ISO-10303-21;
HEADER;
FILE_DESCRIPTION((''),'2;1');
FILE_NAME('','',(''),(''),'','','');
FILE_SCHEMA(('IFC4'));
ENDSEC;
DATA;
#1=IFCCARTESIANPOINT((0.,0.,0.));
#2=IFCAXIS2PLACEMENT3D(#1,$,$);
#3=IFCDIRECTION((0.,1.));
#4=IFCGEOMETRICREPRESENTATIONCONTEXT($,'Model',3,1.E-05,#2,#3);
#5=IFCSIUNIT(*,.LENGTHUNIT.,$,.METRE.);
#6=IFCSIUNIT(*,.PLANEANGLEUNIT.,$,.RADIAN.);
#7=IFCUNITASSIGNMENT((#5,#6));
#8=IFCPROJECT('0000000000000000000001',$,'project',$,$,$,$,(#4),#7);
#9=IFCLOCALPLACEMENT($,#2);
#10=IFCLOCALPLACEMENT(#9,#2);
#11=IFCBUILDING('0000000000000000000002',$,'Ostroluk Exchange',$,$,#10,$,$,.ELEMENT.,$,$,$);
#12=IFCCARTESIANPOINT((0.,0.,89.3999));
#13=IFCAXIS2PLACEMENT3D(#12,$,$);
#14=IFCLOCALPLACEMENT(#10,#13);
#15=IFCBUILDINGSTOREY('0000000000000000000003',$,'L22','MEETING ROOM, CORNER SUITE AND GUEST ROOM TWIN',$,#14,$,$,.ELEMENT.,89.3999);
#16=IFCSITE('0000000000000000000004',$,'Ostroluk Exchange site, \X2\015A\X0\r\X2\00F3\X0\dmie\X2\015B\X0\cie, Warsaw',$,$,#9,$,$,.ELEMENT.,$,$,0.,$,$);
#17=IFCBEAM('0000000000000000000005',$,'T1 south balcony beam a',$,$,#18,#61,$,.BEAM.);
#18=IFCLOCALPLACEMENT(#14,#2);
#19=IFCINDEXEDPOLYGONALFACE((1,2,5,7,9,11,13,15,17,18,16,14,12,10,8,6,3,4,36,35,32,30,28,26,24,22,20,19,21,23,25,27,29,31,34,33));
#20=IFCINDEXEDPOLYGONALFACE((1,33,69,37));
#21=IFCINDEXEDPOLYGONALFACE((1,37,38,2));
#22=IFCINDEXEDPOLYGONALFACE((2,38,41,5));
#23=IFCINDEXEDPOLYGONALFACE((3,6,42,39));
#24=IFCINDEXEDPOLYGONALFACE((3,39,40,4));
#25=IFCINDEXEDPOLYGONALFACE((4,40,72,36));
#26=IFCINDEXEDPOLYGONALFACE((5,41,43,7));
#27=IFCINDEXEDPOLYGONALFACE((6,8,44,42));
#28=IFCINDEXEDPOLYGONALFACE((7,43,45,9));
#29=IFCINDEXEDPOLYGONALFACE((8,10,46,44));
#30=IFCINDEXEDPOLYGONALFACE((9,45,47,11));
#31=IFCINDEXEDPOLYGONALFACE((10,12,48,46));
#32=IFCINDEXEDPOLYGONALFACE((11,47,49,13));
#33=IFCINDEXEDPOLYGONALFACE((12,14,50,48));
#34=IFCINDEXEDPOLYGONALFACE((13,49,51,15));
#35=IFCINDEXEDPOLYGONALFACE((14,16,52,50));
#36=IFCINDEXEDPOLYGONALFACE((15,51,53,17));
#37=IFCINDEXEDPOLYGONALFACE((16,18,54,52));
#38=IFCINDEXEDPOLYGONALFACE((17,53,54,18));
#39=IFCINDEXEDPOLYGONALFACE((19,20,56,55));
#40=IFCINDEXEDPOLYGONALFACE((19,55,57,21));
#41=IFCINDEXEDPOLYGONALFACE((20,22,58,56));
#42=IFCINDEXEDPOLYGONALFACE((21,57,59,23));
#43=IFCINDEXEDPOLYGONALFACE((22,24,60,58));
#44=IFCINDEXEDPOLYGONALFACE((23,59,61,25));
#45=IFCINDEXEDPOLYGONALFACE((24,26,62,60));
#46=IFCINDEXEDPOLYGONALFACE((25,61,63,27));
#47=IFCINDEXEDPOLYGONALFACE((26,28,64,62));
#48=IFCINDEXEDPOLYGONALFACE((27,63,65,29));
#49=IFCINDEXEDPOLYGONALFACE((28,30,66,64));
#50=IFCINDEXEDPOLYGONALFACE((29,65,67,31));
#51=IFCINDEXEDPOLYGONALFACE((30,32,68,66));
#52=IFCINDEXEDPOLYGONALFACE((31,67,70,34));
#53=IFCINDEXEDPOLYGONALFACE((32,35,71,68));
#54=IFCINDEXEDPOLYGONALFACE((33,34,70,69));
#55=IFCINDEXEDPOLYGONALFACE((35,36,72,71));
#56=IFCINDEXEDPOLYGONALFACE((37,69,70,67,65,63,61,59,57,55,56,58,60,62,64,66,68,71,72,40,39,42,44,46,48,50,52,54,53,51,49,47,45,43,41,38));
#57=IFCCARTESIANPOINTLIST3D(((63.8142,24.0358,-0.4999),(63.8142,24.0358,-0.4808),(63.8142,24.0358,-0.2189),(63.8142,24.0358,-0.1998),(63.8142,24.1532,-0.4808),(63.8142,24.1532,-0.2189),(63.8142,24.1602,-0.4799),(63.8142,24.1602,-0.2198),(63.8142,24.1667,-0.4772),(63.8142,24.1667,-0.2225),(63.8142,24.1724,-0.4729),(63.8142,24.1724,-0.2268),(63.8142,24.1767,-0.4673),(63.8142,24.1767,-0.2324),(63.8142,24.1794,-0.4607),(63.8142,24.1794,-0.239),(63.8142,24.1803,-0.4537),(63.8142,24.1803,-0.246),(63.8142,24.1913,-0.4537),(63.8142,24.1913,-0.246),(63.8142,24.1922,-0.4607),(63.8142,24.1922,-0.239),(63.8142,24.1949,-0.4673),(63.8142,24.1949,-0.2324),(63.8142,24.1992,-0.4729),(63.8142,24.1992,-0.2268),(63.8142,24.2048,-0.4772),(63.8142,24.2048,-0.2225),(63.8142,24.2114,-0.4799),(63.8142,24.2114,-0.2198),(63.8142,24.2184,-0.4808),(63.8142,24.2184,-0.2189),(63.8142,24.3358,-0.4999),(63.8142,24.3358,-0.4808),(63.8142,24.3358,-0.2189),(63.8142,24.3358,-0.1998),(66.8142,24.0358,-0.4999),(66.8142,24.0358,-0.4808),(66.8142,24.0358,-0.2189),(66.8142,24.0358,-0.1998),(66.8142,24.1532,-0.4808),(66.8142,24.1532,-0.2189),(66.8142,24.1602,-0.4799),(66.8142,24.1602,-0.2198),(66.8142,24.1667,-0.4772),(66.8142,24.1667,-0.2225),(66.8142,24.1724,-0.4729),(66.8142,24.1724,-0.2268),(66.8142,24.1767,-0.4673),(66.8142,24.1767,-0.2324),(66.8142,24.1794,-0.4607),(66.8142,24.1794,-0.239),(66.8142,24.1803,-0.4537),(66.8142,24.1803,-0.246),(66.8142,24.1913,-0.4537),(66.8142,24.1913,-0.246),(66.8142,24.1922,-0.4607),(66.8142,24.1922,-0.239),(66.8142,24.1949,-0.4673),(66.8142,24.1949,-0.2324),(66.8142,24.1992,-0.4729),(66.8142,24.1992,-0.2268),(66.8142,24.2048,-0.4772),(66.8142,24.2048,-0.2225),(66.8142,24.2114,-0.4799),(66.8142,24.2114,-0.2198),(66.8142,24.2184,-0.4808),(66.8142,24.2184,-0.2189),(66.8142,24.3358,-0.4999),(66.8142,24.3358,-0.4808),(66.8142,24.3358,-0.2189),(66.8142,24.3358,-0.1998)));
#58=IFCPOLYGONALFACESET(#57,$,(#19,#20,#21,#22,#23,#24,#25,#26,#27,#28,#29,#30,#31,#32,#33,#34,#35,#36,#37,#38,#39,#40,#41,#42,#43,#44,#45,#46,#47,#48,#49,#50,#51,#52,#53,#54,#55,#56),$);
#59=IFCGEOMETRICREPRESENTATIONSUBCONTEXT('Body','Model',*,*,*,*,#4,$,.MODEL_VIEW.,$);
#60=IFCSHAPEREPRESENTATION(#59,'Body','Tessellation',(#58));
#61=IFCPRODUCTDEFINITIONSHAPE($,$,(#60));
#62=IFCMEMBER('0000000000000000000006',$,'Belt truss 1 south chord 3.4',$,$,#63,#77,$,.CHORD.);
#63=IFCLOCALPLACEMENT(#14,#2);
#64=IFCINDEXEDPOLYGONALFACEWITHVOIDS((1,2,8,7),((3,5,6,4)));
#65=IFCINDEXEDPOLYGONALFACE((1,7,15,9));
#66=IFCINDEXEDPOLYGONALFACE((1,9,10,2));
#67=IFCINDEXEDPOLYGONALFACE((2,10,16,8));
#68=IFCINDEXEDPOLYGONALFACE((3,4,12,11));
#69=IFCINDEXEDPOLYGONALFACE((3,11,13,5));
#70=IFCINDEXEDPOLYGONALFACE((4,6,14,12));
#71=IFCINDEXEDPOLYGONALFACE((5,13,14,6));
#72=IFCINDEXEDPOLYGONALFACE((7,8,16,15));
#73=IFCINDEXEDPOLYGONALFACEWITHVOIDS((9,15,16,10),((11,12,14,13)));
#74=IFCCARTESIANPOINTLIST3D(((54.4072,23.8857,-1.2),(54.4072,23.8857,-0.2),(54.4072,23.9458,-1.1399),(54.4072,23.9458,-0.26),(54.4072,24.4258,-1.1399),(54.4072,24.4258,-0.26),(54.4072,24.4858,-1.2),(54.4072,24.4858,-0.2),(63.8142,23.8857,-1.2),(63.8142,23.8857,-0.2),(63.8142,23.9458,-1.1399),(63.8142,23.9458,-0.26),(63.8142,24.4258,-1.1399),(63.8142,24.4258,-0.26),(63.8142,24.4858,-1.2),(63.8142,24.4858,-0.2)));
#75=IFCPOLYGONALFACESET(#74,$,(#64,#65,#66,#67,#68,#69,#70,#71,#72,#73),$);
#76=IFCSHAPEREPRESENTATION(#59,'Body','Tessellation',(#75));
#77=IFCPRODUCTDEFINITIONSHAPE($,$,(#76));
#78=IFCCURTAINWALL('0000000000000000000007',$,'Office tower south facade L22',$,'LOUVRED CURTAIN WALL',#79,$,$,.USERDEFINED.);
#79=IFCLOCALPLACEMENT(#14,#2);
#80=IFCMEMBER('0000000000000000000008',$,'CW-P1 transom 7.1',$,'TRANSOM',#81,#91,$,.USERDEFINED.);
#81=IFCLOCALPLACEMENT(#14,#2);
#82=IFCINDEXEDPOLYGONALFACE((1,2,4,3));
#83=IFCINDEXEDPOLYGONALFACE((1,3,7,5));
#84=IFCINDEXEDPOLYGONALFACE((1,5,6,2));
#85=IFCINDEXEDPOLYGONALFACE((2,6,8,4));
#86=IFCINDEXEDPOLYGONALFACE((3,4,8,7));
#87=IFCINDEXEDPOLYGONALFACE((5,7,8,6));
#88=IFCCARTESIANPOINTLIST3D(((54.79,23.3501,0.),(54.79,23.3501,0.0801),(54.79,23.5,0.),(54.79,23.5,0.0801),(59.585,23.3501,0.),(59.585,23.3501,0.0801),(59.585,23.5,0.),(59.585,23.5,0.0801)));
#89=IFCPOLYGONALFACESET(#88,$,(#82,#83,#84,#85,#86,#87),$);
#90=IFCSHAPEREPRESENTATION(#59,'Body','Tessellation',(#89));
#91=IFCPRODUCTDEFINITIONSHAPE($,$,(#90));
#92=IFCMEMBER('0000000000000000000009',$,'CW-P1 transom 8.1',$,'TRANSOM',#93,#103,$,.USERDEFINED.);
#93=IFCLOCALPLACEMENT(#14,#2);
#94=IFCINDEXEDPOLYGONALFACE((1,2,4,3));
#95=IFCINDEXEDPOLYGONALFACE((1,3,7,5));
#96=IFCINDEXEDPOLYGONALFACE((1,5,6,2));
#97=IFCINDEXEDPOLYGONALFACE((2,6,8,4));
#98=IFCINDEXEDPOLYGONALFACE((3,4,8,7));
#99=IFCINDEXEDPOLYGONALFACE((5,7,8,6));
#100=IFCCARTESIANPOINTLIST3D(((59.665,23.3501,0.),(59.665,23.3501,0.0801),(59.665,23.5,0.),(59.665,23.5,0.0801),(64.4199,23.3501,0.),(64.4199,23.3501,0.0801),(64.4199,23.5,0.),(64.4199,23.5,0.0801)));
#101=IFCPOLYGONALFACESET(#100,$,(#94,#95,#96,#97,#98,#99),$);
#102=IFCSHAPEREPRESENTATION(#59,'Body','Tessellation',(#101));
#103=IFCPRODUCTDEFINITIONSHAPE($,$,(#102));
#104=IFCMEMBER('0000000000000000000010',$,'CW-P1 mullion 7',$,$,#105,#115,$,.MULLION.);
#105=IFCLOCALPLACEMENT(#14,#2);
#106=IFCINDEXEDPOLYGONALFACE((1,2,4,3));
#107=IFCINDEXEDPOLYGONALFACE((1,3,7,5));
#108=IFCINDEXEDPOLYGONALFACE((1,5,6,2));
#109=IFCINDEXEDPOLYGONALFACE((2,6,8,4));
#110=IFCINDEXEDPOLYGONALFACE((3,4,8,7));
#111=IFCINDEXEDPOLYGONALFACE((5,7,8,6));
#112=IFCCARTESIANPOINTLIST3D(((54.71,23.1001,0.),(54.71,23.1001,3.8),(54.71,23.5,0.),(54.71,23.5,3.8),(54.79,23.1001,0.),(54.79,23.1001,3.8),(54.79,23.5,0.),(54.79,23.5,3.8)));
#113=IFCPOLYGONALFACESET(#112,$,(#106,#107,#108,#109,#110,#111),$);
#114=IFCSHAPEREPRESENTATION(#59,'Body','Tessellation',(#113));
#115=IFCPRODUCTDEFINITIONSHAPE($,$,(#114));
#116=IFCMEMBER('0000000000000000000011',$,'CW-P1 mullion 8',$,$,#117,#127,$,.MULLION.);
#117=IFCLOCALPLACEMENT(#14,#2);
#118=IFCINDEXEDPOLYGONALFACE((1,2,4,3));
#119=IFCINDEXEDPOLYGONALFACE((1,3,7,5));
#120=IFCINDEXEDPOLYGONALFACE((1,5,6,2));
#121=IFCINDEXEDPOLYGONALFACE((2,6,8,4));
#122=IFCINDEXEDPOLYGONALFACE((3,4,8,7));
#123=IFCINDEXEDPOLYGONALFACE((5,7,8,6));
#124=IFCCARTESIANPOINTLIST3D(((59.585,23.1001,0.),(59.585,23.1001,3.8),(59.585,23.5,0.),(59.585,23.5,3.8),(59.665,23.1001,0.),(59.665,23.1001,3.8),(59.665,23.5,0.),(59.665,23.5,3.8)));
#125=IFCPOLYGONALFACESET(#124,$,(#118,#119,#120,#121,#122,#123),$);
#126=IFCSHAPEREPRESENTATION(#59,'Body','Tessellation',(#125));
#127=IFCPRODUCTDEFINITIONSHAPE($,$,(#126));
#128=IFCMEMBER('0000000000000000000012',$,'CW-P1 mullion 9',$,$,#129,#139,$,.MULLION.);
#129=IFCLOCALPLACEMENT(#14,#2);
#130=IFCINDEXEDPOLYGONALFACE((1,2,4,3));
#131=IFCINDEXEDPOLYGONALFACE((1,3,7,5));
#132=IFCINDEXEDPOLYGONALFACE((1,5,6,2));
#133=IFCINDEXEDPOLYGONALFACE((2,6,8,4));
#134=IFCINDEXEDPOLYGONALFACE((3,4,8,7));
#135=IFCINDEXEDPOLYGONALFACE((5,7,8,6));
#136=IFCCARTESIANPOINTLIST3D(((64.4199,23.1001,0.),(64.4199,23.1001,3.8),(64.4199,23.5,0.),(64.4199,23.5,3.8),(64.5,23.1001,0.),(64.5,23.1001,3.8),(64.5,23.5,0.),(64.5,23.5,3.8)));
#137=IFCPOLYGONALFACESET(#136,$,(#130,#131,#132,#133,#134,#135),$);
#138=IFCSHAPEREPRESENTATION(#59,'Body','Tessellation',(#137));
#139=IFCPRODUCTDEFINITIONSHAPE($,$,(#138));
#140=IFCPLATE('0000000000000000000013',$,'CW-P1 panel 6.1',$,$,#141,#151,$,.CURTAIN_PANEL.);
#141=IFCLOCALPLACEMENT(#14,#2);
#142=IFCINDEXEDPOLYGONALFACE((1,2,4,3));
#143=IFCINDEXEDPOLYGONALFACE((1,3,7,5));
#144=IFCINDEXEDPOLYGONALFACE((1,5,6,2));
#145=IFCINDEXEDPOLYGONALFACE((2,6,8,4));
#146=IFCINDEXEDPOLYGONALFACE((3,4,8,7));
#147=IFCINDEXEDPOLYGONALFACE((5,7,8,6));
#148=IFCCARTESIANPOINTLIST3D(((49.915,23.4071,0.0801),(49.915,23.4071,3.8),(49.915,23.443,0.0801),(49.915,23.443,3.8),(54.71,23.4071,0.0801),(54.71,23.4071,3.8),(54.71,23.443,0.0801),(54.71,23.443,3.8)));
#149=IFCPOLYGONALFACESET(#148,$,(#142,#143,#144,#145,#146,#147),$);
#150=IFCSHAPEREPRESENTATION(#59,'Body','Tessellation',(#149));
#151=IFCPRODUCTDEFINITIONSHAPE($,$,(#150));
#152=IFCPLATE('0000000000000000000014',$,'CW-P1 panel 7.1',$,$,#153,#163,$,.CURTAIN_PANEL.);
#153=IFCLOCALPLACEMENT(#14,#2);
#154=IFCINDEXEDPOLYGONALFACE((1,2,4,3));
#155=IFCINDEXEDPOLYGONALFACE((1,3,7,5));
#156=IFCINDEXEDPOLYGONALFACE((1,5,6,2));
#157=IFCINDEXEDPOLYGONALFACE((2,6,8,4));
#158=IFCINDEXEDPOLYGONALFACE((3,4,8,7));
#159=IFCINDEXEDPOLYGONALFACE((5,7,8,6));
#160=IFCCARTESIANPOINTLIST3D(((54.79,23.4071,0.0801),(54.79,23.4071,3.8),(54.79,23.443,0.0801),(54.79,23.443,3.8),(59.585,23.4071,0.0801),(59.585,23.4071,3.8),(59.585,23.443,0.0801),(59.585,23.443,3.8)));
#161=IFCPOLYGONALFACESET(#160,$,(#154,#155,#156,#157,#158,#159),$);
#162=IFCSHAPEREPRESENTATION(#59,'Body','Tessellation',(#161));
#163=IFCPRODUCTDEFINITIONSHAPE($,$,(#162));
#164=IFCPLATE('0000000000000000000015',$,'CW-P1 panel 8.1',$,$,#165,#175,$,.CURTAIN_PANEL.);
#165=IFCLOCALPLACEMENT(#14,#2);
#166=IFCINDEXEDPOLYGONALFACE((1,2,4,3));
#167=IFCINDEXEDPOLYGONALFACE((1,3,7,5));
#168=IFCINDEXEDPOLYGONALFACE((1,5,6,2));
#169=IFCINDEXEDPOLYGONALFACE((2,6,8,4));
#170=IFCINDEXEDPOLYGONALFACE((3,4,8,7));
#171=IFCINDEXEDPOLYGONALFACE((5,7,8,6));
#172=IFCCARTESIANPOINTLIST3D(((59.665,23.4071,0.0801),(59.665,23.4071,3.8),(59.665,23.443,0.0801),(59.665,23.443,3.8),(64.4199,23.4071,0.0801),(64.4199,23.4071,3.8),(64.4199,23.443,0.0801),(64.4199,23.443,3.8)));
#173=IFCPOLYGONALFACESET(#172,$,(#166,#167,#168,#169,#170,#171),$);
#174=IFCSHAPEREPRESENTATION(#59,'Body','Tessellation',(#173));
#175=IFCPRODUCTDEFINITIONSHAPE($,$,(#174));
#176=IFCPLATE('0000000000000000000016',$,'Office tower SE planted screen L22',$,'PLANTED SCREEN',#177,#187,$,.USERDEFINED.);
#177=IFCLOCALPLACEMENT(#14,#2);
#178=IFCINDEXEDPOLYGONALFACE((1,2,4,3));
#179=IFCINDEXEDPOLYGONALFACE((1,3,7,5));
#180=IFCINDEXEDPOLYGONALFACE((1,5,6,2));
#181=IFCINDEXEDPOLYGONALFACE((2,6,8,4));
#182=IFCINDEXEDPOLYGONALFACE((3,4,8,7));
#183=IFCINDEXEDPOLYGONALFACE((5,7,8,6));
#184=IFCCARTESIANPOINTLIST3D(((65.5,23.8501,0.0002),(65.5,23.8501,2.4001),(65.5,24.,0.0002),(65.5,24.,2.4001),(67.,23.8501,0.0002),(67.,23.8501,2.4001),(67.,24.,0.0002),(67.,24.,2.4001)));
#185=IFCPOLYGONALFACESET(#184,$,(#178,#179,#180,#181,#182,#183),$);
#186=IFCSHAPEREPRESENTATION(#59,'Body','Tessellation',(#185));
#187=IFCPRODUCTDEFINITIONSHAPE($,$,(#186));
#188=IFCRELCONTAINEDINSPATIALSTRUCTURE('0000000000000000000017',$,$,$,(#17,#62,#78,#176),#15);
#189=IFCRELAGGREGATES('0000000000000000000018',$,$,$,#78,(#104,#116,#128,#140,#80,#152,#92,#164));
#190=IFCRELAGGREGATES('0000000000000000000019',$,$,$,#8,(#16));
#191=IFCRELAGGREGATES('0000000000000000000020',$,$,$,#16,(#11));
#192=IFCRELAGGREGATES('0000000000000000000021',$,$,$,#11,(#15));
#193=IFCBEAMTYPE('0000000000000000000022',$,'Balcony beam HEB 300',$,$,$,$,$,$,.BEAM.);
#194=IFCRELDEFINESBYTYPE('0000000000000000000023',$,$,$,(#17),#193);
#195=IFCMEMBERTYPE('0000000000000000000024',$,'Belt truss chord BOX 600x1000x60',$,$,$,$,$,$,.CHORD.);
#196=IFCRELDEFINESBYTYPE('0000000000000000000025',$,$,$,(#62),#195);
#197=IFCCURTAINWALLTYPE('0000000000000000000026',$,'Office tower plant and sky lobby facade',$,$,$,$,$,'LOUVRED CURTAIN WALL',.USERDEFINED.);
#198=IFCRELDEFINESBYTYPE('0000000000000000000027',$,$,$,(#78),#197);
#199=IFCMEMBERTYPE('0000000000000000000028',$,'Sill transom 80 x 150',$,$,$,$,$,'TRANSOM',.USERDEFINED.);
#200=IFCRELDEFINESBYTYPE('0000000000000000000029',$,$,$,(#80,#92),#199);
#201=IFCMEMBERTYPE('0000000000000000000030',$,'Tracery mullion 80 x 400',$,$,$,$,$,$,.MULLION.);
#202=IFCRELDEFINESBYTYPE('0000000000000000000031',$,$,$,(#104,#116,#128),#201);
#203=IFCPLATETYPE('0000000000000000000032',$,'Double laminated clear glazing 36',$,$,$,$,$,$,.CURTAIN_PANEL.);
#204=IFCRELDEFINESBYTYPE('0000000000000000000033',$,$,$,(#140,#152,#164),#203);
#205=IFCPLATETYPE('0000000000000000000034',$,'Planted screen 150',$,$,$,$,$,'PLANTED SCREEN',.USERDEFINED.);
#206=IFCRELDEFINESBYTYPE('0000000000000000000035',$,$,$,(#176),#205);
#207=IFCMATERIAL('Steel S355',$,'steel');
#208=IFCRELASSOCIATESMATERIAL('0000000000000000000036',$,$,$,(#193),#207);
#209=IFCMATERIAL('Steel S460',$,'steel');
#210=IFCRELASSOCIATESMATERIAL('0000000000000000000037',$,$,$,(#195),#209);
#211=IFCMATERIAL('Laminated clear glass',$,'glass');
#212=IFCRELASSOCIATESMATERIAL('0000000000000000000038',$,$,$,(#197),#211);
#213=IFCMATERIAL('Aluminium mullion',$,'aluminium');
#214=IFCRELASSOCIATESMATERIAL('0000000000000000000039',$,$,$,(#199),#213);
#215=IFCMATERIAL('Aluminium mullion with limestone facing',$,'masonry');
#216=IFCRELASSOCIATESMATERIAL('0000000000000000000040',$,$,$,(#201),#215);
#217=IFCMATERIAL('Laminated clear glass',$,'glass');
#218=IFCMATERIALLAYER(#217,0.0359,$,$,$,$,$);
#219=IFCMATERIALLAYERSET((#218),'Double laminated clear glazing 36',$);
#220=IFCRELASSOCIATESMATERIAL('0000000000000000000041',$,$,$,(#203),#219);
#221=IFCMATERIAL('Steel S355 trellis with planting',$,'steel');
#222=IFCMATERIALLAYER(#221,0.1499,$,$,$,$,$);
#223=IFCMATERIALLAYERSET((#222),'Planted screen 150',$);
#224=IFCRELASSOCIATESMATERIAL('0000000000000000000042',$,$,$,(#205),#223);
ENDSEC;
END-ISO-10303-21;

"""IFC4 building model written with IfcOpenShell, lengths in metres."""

from ifc_helpers import new_model, si_unit, direction, frame, origin, origin_2d, place, context, subcontext, project, spatial, rectangle, hollow_rectangle, i_section, extrude, material, layer, layer_set, material_profile, profile_set, type_object, element, aggregate, save


model = new_model("IFC4")

# Units and contexts
model_context = context("Model", 3, precision=1e-05, world=origin(), true_north=direction((0.0, 1.0)))
body_context = subcontext(model_context, "Body", "Model", "MODEL_VIEW")
ifc_project = project(units=[si_unit("LENGTHUNIT", "METRE"), si_unit("PLANEANGLEUNIT", "RADIAN")], contexts=[model_context])

# Site, building, storey
site_placement = place(None, origin())
site = spatial("IfcSite", under=ifc_project, at=site_placement, Name="Ostroluk Exchange site, Śródmieście, Warsaw", CompositionType="ELEMENT", RefElevation=0.0)
building_placement = place(site_placement, origin())
building = spatial("IfcBuilding", under=site, at=building_placement, Name="Ostroluk Exchange", CompositionType="ELEMENT")
storey_placement = place(building_placement, frame((0.0, 0.0, 89.3999)))
storey = spatial("IfcBuildingStorey", under=building, at=storey_placement, Name="L22", Description="MEETING ROOM, CORNER SUITE AND GUEST ROOM TWIN", CompositionType="ELEMENT", Elevation=89.3999)

# Beam
ifc_material_1 = material(Name="Steel S355", Category="steel")
ifc_material_profile_1 = material_profile(ifc_material_1, i_section(OverallWidth=0.3, OverallDepth=0.3, WebThickness=0.011, FlangeThickness=0.019, FilletRadius=0.0271, at=origin_2d()), Name="HEB 300")
ifc_profile_set_1 = profile_set([ifc_material_profile_1], Name="Steel S355")
beam_type = type_object("IfcBeamType", Name="Balcony beam HEB 300", PredefinedType="BEAM", material=ifc_profile_set_1)
beam_placement = place(storey_placement, frame((63.8142, 24.1858, -0.3499), z_axis=(1.0, 0.0, 0.0), x_axis=(0.0, 1.0, 0.0)))
element("IfcBeam", 1, at=beam_placement, inside=storey, type_object=beam_type, Name="T1 south balcony beam a", PredefinedType="BEAM", context=body_context, shape_type="SweptSolid", body=[
    extrude(i_section(OverallWidth=0.3, OverallDepth=0.3, WebThickness=0.011, FlangeThickness=0.019, FilletRadius=0.0271, at=origin_2d()), origin(), (0.0, 0.0, 1.0), 3.0),
])

# Member
ifc_material_2 = material(Name="Steel S460", Category="steel")
ifc_material_profile_2 = material_profile(ifc_material_2, hollow_rectangle(XDim=0.6001, YDim=1.0, WallThickness=0.0601, at=origin_2d()), Name="BOX 600x1000x60")
ifc_profile_set_2 = profile_set([ifc_material_profile_2], Name="Steel S460")
member_type_1 = type_object("IfcMemberType", Name="Belt truss chord BOX 600x1000x60", PredefinedType="CHORD", material=ifc_profile_set_2)
member_1_placement = place(storey_placement, frame((54.4072, 24.1858, -0.7), z_axis=(1.0, 0.0, 0.0), x_axis=(0.0, 1.0, 0.0)))
element("IfcMember", 2, at=member_1_placement, inside=storey, type_object=member_type_1, Name="Belt truss 1 south chord 3.4", PredefinedType="CHORD", context=body_context, shape_type="SweptSolid", body=[
    extrude(hollow_rectangle(XDim=0.6001, YDim=1.0, WallThickness=0.0601, at=origin_2d()), origin(), (0.0, 0.0, 1.0), 9.407),
])

# Curtain wall, members, plates
ifc_material_3 = material(Name="Laminated clear glass", Category="glass")
curtain_wall_type = type_object("IfcCurtainWallType", Name="Office tower plant and sky lobby facade", ElementType="LOUVRED CURTAIN WALL", PredefinedType="USERDEFINED", material=ifc_material_3)
curtain_wall_placement = place(storey_placement, origin())
curtain_wall = element("IfcCurtainWall", 3, at=curtain_wall_placement, inside=storey, type_object=curtain_wall_type, Name="Office tower south facade L22", ObjectType="LOUVRED CURTAIN WALL", PredefinedType="USERDEFINED")
ifc_material_4 = material(Name="Aluminium mullion", Category="aluminium")
ifc_material_profile_3 = material_profile(ifc_material_4, rectangle(XDim=0.1499, YDim=0.0801, at=origin_2d()), Name="Sill transom 80 x 150")
ifc_profile_set_3 = profile_set([ifc_material_profile_3], Name="Aluminium mullion")
member_type_2 = type_object("IfcMemberType", Name="Sill transom 80 x 150", ElementType="TRANSOM", PredefinedType="USERDEFINED", material=ifc_profile_set_3)
member_2_placement = place(storey_placement, frame((54.79, 23.425, 0.04), z_axis=(1.0, 0.0, 0.0), x_axis=(0.0, 1.0, 0.0)))
member_2 = element("IfcMember", 4, at=member_2_placement, type_object=member_type_2, Name="CW-P1 transom 7.1", ObjectType="TRANSOM", PredefinedType="USERDEFINED", context=body_context, shape_type="SweptSolid", body=[
    extrude(rectangle(XDim=0.1499, YDim=0.0801, at=origin_2d()), origin(), (0.0, 0.0, 1.0), 4.7949),
])
member_3_placement = place(storey_placement, frame((59.665, 23.425, 0.04), z_axis=(1.0, 0.0, 0.0), x_axis=(0.0, 1.0, 0.0)))
member_3 = element("IfcMember", 5, at=member_3_placement, type_object=member_type_2, Name="CW-P1 transom 8.1", ObjectType="TRANSOM", PredefinedType="USERDEFINED", context=body_context, shape_type="SweptSolid", body=[
    extrude(rectangle(XDim=0.1499, YDim=0.0801, at=origin_2d()), origin(), (0.0, 0.0, 1.0), 4.7549),
])
ifc_material_5 = material(Name="Aluminium mullion with limestone facing", Category="masonry")
ifc_material_profile_4 = material_profile(ifc_material_5, rectangle(XDim=0.3999, YDim=0.0801, at=origin_2d()), Name="Tracery mullion 80 x 400")
ifc_profile_set_4 = profile_set([ifc_material_profile_4], Name="Aluminium mullion with limestone facing")
member_type_3 = type_object("IfcMemberType", Name="Tracery mullion 80 x 400", PredefinedType="MULLION", material=ifc_profile_set_4)
member_4_placement = place(storey_placement, frame((54.75, 23.3, 0.0), z_axis=(0.0, 0.0, 1.0), x_axis=(0.0, 1.0, 0.0)))
member_4 = element("IfcMember", 6, at=member_4_placement, type_object=member_type_3, Name="CW-P1 mullion 7", PredefinedType="MULLION", context=body_context, shape_type="SweptSolid", body=[
    extrude(rectangle(XDim=0.3999, YDim=0.0801, at=origin_2d()), origin(), (0.0, 0.0, 1.0), 3.8),
])
member_5_placement = place(storey_placement, frame((59.625, 23.3, 0.0), z_axis=(0.0, 0.0, 1.0), x_axis=(0.0, 1.0, 0.0)))
member_5 = element("IfcMember", 7, at=member_5_placement, type_object=member_type_3, Name="CW-P1 mullion 8", PredefinedType="MULLION", context=body_context, shape_type="SweptSolid", body=[
    extrude(rectangle(XDim=0.3999, YDim=0.0801, at=origin_2d()), origin(), (0.0, 0.0, 1.0), 3.8),
])
member_6_placement = place(storey_placement, frame((64.46, 23.3, 0.0), z_axis=(0.0, 0.0, 1.0), x_axis=(0.0, 1.0, 0.0)))
member_6 = element("IfcMember", 8, at=member_6_placement, type_object=member_type_3, Name="CW-P1 mullion 9", PredefinedType="MULLION", context=body_context, shape_type="SweptSolid", body=[
    extrude(rectangle(XDim=0.3999, YDim=0.0801, at=origin_2d()), origin(), (0.0, 0.0, 1.0), 3.8),
])
ifc_material_6 = material(Name="Laminated clear glass", Category="glass")
ifc_layer_1 = layer(ifc_material_6, 0.0359)
ifc_layer_set_1 = layer_set([ifc_layer_1], Name="Double laminated clear glazing 36")
plate_type_1 = type_object("IfcPlateType", Name="Double laminated clear glazing 36", PredefinedType="CURTAIN_PANEL", material=ifc_layer_set_1)
plate_1_placement = place(storey_placement, frame((52.3125, 23.425, 0.0801), z_axis=(0.0, 0.0, 1.0), x_axis=(1.0, 0.0, 0.0)))
plate_1 = element("IfcPlate", 9, at=plate_1_placement, type_object=plate_type_1, Name="CW-P1 panel 6.1", PredefinedType="CURTAIN_PANEL", context=body_context, shape_type="SweptSolid", body=[
    extrude(rectangle(XDim=4.7949, YDim=0.0359, at=origin_2d()), origin(), (0.0, 0.0, 1.0), 3.72),
])
plate_2_placement = place(storey_placement, frame((57.1875, 23.425, 0.0801), z_axis=(0.0, 0.0, 1.0), x_axis=(1.0, 0.0, 0.0)))
plate_2 = element("IfcPlate", 10, at=plate_2_placement, type_object=plate_type_1, Name="CW-P1 panel 7.1", PredefinedType="CURTAIN_PANEL", context=body_context, shape_type="SweptSolid", body=[
    extrude(rectangle(XDim=4.7949, YDim=0.0359, at=origin_2d()), origin(), (0.0, 0.0, 1.0), 3.72),
])
plate_3_placement = place(storey_placement, frame((62.0425, 23.425, 0.0801), z_axis=(0.0, 0.0, 1.0), x_axis=(1.0, 0.0, 0.0)))
plate_3 = element("IfcPlate", 11, at=plate_3_placement, type_object=plate_type_1, Name="CW-P1 panel 8.1", PredefinedType="CURTAIN_PANEL", context=body_context, shape_type="SweptSolid", body=[
    extrude(rectangle(XDim=4.7549, YDim=0.0359, at=origin_2d()), origin(), (0.0, 0.0, 1.0), 3.72),
])
aggregate(curtain_wall, [member_4, member_5, member_6, plate_1, member_2, plate_2, member_3, plate_3])

# Plate
ifc_material_7 = material(Name="Steel S355 trellis with planting", Category="steel")
ifc_layer_2 = layer(ifc_material_7, 0.1499)
ifc_layer_set_2 = layer_set([ifc_layer_2], Name="Planted screen 150")
plate_type_2 = type_object("IfcPlateType", Name="Planted screen 150", ElementType="PLANTED SCREEN", PredefinedType="USERDEFINED", material=ifc_layer_set_2)
plate_4_placement = place(storey_placement, frame((66.25, 23.925, 0.0002), z_axis=(0.0, 0.0, 1.0), x_axis=(1.0, 0.0, 0.0)))
element("IfcPlate", 12, at=plate_4_placement, inside=storey, type_object=plate_type_2, Name="Office tower SE planted screen L22", ObjectType="PLANTED SCREEN", PredefinedType="USERDEFINED", context=body_context, shape_type="SweptSolid", body=[
    extrude(rectangle(XDim=1.5, YDim=0.1499, at=origin_2d()), origin(), (0.0, 0.0, 1.0), 2.3999),
])

save(model, "model.ifc")
